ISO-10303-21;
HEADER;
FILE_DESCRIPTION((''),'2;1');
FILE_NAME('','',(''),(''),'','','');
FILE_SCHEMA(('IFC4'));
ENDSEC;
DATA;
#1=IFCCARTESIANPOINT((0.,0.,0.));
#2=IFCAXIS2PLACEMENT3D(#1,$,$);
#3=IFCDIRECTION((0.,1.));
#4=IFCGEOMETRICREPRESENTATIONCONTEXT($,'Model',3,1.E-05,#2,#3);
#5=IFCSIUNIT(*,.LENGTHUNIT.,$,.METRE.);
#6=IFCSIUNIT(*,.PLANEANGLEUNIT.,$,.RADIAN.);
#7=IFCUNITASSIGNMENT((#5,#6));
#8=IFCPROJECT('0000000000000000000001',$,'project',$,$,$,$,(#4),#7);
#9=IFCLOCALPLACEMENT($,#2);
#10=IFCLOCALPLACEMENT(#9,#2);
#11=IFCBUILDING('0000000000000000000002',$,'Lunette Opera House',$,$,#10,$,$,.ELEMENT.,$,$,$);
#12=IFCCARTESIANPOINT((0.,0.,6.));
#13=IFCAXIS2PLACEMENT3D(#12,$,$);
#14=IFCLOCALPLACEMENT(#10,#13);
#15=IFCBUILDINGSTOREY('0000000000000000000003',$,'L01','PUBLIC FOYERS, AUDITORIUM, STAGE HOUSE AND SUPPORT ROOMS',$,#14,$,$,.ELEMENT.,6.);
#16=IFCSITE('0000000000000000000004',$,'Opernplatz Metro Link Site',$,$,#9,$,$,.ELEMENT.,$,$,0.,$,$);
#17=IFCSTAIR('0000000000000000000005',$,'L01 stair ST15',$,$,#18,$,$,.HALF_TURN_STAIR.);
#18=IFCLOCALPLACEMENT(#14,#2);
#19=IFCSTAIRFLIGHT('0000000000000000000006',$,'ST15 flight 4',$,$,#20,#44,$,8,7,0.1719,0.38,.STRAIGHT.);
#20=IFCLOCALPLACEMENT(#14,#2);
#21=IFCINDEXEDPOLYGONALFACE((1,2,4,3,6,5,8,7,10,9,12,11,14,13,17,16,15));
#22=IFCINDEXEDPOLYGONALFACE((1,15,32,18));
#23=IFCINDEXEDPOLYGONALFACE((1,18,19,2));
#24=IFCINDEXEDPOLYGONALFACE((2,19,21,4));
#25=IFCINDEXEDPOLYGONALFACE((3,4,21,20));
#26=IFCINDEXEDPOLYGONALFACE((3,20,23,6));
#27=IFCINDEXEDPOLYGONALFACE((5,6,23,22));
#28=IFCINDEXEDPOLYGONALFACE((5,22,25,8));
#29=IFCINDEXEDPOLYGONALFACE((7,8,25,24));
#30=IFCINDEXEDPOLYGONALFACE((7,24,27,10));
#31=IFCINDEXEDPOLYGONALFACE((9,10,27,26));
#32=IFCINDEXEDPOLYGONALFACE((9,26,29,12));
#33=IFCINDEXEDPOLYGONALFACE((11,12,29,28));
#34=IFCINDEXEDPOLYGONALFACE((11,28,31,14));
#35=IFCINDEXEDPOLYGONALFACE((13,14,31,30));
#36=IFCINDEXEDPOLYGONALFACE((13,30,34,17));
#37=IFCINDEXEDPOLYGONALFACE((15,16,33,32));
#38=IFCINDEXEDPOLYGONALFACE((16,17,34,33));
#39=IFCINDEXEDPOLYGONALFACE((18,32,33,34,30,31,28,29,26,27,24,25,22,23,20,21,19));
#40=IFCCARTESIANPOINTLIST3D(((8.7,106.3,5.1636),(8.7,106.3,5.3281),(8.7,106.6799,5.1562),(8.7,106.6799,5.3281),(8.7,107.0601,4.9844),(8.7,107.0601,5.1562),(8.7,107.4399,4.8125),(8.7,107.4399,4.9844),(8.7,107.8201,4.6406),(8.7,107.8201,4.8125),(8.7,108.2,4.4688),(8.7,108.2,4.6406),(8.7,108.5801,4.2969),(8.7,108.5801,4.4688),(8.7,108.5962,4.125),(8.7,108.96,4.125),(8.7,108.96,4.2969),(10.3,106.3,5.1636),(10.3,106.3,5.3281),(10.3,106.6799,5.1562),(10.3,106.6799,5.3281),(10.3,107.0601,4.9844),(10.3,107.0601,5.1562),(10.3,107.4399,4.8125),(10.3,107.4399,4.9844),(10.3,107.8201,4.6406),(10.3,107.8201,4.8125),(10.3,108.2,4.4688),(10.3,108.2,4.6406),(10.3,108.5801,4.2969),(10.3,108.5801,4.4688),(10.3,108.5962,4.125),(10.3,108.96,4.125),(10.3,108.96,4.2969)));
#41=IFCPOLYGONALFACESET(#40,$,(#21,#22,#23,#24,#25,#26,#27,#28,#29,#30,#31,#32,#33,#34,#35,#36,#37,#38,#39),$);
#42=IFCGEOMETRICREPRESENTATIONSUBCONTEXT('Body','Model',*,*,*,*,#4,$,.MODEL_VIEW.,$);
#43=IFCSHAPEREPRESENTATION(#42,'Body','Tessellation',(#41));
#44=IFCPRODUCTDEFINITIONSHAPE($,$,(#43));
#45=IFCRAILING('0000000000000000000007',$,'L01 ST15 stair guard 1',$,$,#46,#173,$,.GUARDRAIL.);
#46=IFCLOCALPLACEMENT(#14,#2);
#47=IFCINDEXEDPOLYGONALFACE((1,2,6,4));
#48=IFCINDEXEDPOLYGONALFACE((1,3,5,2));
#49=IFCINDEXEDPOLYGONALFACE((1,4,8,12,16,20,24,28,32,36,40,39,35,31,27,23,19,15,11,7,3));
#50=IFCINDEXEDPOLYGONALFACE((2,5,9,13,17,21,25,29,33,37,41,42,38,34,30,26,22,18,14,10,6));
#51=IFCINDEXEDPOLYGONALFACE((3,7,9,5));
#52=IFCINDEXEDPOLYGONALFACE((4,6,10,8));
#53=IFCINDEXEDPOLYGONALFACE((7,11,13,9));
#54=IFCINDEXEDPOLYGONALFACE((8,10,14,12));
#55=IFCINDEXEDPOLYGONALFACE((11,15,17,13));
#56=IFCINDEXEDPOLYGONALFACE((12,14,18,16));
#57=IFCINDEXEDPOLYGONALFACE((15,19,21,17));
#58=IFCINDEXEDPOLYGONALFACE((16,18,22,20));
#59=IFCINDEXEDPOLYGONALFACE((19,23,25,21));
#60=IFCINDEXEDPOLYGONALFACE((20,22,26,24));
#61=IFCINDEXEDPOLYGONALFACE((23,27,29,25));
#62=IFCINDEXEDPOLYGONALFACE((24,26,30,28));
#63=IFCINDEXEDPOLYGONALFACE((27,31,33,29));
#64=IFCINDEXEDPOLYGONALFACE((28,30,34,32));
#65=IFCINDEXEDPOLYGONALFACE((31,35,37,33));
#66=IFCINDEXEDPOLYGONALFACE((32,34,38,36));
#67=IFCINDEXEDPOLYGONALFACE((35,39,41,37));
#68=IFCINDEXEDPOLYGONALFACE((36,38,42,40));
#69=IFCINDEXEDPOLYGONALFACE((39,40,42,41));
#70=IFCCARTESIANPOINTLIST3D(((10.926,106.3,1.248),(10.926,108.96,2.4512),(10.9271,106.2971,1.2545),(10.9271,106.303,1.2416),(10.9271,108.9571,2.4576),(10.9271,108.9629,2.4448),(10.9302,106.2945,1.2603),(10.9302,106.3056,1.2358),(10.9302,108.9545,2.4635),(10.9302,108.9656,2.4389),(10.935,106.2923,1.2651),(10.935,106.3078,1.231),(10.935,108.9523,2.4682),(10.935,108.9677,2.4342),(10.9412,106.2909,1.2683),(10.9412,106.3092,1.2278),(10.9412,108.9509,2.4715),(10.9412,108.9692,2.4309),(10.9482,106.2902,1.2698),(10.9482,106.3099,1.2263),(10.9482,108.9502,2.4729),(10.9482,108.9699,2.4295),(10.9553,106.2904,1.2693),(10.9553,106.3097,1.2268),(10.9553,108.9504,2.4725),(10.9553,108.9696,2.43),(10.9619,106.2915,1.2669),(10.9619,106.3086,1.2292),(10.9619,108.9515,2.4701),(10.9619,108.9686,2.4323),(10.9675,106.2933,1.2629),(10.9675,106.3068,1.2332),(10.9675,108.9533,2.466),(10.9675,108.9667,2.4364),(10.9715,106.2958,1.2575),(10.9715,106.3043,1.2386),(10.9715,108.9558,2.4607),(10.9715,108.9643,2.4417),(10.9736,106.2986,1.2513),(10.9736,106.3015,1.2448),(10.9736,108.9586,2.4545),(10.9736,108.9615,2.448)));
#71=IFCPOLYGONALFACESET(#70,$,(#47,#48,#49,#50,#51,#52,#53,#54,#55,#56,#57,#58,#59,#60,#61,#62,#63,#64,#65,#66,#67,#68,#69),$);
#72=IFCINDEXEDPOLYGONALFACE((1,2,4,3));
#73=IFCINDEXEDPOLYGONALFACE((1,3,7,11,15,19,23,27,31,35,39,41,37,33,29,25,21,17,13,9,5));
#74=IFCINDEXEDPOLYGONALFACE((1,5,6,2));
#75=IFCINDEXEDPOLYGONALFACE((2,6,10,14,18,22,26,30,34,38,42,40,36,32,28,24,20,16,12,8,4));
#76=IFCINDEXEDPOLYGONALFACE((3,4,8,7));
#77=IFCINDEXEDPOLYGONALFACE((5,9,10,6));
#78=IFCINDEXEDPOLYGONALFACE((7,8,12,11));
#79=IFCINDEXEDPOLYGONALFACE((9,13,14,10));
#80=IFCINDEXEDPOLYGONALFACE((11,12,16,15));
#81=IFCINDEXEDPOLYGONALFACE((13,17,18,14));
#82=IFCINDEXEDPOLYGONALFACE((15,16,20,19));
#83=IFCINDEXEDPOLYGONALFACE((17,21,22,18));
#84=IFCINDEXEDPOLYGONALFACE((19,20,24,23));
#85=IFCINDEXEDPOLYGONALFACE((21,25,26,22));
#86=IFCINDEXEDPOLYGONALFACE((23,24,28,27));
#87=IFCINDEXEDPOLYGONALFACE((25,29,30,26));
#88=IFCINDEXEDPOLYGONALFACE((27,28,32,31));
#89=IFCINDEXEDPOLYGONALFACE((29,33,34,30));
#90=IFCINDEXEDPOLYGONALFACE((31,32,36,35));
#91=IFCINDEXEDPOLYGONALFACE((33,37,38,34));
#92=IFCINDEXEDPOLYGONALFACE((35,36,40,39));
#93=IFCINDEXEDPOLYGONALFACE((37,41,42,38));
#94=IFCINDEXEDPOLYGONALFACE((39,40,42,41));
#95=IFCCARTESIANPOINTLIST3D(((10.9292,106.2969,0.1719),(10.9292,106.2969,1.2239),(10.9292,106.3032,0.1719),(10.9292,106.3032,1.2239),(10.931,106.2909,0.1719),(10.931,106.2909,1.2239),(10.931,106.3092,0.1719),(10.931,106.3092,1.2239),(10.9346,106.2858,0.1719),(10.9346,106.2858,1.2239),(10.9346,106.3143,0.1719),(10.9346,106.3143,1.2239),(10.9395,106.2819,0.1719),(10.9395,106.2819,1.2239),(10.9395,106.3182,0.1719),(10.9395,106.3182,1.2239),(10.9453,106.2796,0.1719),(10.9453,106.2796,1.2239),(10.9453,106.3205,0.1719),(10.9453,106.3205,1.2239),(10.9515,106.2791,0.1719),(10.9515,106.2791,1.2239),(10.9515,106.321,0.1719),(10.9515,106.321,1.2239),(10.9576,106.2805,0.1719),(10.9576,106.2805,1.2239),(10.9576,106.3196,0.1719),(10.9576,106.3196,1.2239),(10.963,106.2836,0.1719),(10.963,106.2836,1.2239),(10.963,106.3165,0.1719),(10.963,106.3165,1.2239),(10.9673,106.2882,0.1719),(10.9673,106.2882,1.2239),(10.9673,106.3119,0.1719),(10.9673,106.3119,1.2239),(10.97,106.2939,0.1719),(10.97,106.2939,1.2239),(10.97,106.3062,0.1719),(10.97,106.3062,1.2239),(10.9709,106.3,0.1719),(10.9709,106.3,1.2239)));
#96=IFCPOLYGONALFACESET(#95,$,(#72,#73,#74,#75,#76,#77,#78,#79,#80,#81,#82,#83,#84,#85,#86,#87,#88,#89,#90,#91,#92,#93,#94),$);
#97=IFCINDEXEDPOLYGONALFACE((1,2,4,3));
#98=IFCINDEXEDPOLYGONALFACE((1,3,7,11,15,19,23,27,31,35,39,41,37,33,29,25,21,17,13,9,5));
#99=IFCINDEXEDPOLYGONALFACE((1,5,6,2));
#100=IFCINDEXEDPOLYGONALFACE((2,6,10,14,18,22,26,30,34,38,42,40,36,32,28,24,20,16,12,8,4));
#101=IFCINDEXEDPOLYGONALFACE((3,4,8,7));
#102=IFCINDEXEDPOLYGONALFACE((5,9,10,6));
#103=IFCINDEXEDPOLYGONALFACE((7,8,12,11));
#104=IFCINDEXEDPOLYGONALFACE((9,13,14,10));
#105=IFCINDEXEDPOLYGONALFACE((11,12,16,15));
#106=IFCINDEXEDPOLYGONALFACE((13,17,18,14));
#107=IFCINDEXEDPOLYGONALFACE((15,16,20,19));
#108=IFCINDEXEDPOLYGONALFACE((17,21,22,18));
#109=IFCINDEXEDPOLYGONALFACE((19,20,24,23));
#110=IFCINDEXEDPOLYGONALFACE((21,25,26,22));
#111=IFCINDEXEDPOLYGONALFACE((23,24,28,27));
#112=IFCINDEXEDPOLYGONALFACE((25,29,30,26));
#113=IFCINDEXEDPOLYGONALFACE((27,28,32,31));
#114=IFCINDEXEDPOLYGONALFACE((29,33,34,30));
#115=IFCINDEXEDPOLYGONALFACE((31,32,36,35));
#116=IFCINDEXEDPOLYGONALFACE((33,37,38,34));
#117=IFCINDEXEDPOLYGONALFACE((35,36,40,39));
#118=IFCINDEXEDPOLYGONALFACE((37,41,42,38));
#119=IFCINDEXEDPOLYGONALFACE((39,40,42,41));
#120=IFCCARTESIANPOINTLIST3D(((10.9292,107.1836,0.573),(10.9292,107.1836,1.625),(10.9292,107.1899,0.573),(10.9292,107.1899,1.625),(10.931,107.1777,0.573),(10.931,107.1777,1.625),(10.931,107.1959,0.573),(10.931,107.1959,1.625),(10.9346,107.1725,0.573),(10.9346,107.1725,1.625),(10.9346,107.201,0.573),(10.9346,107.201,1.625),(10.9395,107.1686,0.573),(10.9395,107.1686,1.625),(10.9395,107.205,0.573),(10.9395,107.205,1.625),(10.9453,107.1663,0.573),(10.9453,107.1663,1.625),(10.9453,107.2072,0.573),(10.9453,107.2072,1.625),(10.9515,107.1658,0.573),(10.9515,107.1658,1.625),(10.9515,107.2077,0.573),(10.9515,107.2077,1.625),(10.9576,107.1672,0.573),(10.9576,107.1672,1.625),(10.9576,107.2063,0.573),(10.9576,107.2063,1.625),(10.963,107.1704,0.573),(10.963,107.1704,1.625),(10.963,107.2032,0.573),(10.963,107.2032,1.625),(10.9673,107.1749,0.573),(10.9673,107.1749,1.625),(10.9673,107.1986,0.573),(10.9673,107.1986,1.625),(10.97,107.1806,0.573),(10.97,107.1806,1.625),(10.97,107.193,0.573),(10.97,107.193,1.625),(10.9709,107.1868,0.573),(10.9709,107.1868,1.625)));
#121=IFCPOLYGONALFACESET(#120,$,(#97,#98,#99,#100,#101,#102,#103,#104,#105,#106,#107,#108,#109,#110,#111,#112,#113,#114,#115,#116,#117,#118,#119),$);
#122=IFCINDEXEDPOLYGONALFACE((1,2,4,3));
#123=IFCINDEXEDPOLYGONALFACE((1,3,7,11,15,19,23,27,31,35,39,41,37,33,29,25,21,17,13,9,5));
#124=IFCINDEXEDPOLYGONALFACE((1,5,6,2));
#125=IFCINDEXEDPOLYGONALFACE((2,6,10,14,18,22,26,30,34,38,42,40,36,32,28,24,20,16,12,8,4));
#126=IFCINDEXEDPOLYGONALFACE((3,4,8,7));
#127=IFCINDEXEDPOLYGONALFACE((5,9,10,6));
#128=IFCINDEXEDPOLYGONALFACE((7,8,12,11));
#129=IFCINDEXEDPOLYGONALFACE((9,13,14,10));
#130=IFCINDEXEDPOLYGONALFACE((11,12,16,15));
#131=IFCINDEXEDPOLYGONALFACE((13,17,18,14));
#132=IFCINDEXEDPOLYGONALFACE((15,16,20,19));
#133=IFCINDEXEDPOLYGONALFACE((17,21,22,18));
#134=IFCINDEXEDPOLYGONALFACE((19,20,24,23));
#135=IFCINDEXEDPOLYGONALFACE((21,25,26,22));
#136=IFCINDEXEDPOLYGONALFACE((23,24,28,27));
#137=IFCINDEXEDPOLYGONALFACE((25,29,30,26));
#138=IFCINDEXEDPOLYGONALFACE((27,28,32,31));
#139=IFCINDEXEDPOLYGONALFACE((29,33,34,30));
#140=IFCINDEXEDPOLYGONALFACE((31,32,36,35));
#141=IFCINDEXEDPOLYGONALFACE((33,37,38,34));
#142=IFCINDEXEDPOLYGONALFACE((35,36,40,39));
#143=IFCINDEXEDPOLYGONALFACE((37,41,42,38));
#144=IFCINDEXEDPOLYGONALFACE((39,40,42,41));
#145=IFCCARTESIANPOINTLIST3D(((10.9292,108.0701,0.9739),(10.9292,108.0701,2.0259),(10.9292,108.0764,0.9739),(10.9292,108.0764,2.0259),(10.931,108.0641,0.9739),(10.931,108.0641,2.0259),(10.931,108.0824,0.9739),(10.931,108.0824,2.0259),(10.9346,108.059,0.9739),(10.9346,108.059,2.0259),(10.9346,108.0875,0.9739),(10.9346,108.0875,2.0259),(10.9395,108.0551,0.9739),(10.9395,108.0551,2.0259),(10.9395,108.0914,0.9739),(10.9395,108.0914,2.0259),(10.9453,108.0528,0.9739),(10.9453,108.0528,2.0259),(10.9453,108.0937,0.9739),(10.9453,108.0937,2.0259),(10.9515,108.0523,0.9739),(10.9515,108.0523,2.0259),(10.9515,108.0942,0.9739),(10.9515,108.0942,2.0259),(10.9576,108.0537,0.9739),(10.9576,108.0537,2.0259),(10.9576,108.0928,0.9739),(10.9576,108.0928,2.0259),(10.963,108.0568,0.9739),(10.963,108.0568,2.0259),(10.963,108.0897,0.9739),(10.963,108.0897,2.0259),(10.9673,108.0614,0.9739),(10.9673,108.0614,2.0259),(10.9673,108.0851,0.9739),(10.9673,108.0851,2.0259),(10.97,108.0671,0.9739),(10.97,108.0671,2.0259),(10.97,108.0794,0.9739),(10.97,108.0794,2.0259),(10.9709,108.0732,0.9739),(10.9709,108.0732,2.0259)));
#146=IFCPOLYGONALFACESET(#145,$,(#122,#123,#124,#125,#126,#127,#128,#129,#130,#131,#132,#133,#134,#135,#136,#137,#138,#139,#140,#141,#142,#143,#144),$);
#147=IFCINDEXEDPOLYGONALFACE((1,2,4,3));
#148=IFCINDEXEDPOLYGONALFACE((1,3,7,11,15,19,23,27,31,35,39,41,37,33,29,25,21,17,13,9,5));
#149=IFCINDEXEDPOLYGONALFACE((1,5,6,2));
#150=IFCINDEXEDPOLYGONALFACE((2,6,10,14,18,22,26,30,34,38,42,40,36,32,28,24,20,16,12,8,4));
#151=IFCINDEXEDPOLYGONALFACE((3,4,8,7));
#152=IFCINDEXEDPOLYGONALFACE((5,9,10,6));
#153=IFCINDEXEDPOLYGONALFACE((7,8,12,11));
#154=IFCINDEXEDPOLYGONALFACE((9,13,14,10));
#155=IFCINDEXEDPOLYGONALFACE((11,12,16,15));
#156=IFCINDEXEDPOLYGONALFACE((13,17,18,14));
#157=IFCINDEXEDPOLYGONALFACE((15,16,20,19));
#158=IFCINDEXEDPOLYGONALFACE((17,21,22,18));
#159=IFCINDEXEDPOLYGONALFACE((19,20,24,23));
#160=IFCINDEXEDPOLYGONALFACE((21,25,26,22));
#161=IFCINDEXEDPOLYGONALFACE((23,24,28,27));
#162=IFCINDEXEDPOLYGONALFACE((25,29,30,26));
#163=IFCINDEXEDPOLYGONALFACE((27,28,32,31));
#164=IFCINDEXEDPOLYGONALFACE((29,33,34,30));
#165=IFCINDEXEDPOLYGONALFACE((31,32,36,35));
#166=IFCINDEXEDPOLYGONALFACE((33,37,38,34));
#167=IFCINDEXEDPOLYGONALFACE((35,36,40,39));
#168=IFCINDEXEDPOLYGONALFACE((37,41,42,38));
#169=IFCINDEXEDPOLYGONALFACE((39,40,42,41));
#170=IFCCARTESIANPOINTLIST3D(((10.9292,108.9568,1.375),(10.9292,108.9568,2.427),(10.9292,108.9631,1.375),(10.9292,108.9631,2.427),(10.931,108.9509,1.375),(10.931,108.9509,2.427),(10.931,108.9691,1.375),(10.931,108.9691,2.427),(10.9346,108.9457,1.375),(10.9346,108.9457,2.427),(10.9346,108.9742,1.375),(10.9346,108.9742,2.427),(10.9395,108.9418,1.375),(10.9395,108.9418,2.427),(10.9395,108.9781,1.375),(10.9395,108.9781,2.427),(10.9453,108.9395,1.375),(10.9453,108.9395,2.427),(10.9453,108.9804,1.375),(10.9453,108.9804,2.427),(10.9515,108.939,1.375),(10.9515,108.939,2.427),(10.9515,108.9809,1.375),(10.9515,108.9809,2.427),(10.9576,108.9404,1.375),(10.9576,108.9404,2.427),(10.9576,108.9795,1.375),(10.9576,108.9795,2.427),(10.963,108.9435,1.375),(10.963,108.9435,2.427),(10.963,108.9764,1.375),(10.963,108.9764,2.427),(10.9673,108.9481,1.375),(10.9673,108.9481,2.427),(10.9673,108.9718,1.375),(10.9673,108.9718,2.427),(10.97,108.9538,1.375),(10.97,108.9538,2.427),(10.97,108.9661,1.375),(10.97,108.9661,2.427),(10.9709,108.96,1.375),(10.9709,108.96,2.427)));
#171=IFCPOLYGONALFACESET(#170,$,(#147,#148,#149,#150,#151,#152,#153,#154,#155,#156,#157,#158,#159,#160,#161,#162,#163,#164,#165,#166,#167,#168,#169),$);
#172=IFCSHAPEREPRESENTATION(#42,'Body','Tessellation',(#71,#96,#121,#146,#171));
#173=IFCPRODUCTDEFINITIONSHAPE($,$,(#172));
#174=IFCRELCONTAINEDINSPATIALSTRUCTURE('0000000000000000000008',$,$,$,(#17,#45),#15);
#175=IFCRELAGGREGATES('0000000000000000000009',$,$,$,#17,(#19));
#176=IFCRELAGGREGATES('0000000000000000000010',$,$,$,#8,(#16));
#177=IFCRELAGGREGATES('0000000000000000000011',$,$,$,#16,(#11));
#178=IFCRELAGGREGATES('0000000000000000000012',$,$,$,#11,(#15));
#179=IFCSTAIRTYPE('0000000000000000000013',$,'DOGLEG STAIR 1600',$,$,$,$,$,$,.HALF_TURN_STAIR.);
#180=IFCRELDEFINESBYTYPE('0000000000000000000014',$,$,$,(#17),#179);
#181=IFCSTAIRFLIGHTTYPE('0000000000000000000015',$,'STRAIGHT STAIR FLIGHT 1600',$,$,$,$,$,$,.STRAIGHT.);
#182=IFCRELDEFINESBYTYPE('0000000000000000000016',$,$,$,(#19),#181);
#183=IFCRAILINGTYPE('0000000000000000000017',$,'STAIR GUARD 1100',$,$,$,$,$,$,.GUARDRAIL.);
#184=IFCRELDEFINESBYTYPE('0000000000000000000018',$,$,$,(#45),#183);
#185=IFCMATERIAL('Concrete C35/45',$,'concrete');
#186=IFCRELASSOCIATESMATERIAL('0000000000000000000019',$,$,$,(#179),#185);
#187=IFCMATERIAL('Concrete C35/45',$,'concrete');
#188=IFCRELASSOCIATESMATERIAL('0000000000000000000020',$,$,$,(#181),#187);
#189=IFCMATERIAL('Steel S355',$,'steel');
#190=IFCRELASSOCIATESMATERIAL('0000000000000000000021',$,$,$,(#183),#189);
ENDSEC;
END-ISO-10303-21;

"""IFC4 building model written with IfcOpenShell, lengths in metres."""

from ifc_helpers import new_model, si_unit, direction, frame, origin, origin_2d, place, context, subcontext, project, spatial, polyline, circle, outline, extrude, material, type_object, element, aggregate, save


model = new_model("IFC4")

# Units and contexts
model_context = context("Model", 3, precision=1e-05, world=origin(), true_north=direction((0.0, 1.0)))
body_context = subcontext(model_context, "Body", "Model", "MODEL_VIEW")
ifc_project = project(units=[si_unit("LENGTHUNIT", "METRE"), si_unit("PLANEANGLEUNIT", "RADIAN")], contexts=[model_context])

# Site, building, storey
site_placement = place(None, origin())
site = spatial("IfcSite", under=ifc_project, at=site_placement, Name="Opernplatz Metro Link Site", CompositionType="ELEMENT", RefElevation=0.0)
building_placement = place(site_placement, origin())
building = spatial("IfcBuilding", under=site, at=building_placement, Name="Lunette Opera House", CompositionType="ELEMENT")
storey_placement = place(building_placement, frame((0.0, 0.0, 6.0)))
storey = spatial("IfcBuildingStorey", under=building, at=storey_placement, Name="L01", Description="PUBLIC FOYERS, AUDITORIUM, STAGE HOUSE AND SUPPORT ROOMS", CompositionType="ELEMENT", Elevation=6.0)

# Stair, stair flight
ifc_material_1 = material(Name="Concrete C35/45", Category="concrete")
stair_type = type_object("IfcStairType", Name="DOGLEG STAIR 1600", PredefinedType="HALF_TURN_STAIR", material=ifc_material_1)
stair_placement = place(storey_placement, origin())
stair = element("IfcStair", 1, at=stair_placement, inside=storey, type_object=stair_type, Name="L01 stair ST15", PredefinedType="HALF_TURN_STAIR")
ifc_material_2 = material(Name="Concrete C35/45", Category="concrete")
stair_flight_type = type_object("IfcStairFlightType", Name="STRAIGHT STAIR FLIGHT 1600", PredefinedType="STRAIGHT", material=ifc_material_2)
stair_flight_1_placement = place(storey_placement, frame((9.5, 108.96, 4.125), z_axis=(0.0, 0.0, 1.0), x_axis=(0.0, -1.0, 0.0)))
stair_flight_1 = element("IfcStairFlight", 2, at=stair_flight_1_placement, type_object=stair_flight_type, Name="ST15 flight 4", NumberOfRisers=8, NumberOfTreads=7, PredefinedType="STRAIGHT", RiserHeight=0.1719, TreadLength=0.38, context=body_context, shape_type="SweptSolid", body=[
    extrude(outline(polyline([(0.0, 0.0), (0.0, 0.1719), (0.3799, 0.1719), (0.3799, 0.3438), (0.76, 0.3438), (0.76, 0.5156), (1.1399, 0.5156), (1.1399, 0.6875), (1.52, 0.6875), (1.52, 0.8594), (1.8999, 0.8594), (1.8999, 1.0312), (2.28, 1.0312), (2.28, 1.2031), (2.6599, 1.2031), (2.6599, 1.375), (2.6599, 1.0386), (0.3638, 0.0), (0.0, 0.0)])), frame((0.0, 0.8, 0.0), z_axis=(0.0, -1.0, 0.0), x_axis=(1.0, 0.0, 0.0)), (0.0, 0.0, 1.0), 1.6001),
])
aggregate(stair, [stair_flight_1])

# Railing
ifc_material_3 = material(Name="Steel S355", Category="steel")
railing_type_1 = type_object("IfcRailingType", Name="STAIR GUARD 1100", PredefinedType="GUARDRAIL", material=ifc_material_3)
railing_1_placement = place(storey_placement, frame((10.95, 106.3, 0.1719)))
element("IfcRailing", 3, at=railing_1_placement, inside=storey, type_object=railing_type_1, Name="L01 ST15 stair guard 1", PredefinedType="GUARDRAIL", context=body_context, shape_type="SweptSolid", body=[
    extrude(circle(Radius=0.0239, at=origin_2d()), frame((0.0, 0.0, 1.0762), z_axis=(0.0, 0.91113, 0.41212), x_axis=(-1.0, 0.0, 0.0)), (0.0, 0.0, 1.0), 2.9194),
    extrude(circle(Radius=0.021, at=origin_2d()), origin(), (0.0, 0.0, 1.0), 1.052),
    extrude(circle(Radius=0.021, at=origin_2d()), frame((0.0, 0.8867, 0.4011)), (0.0, 0.0, 1.0), 1.052),
    extrude(circle(Radius=0.021, at=origin_2d()), frame((0.0, 1.7732, 0.802)), (0.0, 0.0, 1.0), 1.052),
    extrude(circle(Radius=0.021, at=origin_2d()), frame((0.0, 2.6599, 1.2031)), (0.0, 0.0, 1.0), 1.052),
])

save(model, "model.ifc")
